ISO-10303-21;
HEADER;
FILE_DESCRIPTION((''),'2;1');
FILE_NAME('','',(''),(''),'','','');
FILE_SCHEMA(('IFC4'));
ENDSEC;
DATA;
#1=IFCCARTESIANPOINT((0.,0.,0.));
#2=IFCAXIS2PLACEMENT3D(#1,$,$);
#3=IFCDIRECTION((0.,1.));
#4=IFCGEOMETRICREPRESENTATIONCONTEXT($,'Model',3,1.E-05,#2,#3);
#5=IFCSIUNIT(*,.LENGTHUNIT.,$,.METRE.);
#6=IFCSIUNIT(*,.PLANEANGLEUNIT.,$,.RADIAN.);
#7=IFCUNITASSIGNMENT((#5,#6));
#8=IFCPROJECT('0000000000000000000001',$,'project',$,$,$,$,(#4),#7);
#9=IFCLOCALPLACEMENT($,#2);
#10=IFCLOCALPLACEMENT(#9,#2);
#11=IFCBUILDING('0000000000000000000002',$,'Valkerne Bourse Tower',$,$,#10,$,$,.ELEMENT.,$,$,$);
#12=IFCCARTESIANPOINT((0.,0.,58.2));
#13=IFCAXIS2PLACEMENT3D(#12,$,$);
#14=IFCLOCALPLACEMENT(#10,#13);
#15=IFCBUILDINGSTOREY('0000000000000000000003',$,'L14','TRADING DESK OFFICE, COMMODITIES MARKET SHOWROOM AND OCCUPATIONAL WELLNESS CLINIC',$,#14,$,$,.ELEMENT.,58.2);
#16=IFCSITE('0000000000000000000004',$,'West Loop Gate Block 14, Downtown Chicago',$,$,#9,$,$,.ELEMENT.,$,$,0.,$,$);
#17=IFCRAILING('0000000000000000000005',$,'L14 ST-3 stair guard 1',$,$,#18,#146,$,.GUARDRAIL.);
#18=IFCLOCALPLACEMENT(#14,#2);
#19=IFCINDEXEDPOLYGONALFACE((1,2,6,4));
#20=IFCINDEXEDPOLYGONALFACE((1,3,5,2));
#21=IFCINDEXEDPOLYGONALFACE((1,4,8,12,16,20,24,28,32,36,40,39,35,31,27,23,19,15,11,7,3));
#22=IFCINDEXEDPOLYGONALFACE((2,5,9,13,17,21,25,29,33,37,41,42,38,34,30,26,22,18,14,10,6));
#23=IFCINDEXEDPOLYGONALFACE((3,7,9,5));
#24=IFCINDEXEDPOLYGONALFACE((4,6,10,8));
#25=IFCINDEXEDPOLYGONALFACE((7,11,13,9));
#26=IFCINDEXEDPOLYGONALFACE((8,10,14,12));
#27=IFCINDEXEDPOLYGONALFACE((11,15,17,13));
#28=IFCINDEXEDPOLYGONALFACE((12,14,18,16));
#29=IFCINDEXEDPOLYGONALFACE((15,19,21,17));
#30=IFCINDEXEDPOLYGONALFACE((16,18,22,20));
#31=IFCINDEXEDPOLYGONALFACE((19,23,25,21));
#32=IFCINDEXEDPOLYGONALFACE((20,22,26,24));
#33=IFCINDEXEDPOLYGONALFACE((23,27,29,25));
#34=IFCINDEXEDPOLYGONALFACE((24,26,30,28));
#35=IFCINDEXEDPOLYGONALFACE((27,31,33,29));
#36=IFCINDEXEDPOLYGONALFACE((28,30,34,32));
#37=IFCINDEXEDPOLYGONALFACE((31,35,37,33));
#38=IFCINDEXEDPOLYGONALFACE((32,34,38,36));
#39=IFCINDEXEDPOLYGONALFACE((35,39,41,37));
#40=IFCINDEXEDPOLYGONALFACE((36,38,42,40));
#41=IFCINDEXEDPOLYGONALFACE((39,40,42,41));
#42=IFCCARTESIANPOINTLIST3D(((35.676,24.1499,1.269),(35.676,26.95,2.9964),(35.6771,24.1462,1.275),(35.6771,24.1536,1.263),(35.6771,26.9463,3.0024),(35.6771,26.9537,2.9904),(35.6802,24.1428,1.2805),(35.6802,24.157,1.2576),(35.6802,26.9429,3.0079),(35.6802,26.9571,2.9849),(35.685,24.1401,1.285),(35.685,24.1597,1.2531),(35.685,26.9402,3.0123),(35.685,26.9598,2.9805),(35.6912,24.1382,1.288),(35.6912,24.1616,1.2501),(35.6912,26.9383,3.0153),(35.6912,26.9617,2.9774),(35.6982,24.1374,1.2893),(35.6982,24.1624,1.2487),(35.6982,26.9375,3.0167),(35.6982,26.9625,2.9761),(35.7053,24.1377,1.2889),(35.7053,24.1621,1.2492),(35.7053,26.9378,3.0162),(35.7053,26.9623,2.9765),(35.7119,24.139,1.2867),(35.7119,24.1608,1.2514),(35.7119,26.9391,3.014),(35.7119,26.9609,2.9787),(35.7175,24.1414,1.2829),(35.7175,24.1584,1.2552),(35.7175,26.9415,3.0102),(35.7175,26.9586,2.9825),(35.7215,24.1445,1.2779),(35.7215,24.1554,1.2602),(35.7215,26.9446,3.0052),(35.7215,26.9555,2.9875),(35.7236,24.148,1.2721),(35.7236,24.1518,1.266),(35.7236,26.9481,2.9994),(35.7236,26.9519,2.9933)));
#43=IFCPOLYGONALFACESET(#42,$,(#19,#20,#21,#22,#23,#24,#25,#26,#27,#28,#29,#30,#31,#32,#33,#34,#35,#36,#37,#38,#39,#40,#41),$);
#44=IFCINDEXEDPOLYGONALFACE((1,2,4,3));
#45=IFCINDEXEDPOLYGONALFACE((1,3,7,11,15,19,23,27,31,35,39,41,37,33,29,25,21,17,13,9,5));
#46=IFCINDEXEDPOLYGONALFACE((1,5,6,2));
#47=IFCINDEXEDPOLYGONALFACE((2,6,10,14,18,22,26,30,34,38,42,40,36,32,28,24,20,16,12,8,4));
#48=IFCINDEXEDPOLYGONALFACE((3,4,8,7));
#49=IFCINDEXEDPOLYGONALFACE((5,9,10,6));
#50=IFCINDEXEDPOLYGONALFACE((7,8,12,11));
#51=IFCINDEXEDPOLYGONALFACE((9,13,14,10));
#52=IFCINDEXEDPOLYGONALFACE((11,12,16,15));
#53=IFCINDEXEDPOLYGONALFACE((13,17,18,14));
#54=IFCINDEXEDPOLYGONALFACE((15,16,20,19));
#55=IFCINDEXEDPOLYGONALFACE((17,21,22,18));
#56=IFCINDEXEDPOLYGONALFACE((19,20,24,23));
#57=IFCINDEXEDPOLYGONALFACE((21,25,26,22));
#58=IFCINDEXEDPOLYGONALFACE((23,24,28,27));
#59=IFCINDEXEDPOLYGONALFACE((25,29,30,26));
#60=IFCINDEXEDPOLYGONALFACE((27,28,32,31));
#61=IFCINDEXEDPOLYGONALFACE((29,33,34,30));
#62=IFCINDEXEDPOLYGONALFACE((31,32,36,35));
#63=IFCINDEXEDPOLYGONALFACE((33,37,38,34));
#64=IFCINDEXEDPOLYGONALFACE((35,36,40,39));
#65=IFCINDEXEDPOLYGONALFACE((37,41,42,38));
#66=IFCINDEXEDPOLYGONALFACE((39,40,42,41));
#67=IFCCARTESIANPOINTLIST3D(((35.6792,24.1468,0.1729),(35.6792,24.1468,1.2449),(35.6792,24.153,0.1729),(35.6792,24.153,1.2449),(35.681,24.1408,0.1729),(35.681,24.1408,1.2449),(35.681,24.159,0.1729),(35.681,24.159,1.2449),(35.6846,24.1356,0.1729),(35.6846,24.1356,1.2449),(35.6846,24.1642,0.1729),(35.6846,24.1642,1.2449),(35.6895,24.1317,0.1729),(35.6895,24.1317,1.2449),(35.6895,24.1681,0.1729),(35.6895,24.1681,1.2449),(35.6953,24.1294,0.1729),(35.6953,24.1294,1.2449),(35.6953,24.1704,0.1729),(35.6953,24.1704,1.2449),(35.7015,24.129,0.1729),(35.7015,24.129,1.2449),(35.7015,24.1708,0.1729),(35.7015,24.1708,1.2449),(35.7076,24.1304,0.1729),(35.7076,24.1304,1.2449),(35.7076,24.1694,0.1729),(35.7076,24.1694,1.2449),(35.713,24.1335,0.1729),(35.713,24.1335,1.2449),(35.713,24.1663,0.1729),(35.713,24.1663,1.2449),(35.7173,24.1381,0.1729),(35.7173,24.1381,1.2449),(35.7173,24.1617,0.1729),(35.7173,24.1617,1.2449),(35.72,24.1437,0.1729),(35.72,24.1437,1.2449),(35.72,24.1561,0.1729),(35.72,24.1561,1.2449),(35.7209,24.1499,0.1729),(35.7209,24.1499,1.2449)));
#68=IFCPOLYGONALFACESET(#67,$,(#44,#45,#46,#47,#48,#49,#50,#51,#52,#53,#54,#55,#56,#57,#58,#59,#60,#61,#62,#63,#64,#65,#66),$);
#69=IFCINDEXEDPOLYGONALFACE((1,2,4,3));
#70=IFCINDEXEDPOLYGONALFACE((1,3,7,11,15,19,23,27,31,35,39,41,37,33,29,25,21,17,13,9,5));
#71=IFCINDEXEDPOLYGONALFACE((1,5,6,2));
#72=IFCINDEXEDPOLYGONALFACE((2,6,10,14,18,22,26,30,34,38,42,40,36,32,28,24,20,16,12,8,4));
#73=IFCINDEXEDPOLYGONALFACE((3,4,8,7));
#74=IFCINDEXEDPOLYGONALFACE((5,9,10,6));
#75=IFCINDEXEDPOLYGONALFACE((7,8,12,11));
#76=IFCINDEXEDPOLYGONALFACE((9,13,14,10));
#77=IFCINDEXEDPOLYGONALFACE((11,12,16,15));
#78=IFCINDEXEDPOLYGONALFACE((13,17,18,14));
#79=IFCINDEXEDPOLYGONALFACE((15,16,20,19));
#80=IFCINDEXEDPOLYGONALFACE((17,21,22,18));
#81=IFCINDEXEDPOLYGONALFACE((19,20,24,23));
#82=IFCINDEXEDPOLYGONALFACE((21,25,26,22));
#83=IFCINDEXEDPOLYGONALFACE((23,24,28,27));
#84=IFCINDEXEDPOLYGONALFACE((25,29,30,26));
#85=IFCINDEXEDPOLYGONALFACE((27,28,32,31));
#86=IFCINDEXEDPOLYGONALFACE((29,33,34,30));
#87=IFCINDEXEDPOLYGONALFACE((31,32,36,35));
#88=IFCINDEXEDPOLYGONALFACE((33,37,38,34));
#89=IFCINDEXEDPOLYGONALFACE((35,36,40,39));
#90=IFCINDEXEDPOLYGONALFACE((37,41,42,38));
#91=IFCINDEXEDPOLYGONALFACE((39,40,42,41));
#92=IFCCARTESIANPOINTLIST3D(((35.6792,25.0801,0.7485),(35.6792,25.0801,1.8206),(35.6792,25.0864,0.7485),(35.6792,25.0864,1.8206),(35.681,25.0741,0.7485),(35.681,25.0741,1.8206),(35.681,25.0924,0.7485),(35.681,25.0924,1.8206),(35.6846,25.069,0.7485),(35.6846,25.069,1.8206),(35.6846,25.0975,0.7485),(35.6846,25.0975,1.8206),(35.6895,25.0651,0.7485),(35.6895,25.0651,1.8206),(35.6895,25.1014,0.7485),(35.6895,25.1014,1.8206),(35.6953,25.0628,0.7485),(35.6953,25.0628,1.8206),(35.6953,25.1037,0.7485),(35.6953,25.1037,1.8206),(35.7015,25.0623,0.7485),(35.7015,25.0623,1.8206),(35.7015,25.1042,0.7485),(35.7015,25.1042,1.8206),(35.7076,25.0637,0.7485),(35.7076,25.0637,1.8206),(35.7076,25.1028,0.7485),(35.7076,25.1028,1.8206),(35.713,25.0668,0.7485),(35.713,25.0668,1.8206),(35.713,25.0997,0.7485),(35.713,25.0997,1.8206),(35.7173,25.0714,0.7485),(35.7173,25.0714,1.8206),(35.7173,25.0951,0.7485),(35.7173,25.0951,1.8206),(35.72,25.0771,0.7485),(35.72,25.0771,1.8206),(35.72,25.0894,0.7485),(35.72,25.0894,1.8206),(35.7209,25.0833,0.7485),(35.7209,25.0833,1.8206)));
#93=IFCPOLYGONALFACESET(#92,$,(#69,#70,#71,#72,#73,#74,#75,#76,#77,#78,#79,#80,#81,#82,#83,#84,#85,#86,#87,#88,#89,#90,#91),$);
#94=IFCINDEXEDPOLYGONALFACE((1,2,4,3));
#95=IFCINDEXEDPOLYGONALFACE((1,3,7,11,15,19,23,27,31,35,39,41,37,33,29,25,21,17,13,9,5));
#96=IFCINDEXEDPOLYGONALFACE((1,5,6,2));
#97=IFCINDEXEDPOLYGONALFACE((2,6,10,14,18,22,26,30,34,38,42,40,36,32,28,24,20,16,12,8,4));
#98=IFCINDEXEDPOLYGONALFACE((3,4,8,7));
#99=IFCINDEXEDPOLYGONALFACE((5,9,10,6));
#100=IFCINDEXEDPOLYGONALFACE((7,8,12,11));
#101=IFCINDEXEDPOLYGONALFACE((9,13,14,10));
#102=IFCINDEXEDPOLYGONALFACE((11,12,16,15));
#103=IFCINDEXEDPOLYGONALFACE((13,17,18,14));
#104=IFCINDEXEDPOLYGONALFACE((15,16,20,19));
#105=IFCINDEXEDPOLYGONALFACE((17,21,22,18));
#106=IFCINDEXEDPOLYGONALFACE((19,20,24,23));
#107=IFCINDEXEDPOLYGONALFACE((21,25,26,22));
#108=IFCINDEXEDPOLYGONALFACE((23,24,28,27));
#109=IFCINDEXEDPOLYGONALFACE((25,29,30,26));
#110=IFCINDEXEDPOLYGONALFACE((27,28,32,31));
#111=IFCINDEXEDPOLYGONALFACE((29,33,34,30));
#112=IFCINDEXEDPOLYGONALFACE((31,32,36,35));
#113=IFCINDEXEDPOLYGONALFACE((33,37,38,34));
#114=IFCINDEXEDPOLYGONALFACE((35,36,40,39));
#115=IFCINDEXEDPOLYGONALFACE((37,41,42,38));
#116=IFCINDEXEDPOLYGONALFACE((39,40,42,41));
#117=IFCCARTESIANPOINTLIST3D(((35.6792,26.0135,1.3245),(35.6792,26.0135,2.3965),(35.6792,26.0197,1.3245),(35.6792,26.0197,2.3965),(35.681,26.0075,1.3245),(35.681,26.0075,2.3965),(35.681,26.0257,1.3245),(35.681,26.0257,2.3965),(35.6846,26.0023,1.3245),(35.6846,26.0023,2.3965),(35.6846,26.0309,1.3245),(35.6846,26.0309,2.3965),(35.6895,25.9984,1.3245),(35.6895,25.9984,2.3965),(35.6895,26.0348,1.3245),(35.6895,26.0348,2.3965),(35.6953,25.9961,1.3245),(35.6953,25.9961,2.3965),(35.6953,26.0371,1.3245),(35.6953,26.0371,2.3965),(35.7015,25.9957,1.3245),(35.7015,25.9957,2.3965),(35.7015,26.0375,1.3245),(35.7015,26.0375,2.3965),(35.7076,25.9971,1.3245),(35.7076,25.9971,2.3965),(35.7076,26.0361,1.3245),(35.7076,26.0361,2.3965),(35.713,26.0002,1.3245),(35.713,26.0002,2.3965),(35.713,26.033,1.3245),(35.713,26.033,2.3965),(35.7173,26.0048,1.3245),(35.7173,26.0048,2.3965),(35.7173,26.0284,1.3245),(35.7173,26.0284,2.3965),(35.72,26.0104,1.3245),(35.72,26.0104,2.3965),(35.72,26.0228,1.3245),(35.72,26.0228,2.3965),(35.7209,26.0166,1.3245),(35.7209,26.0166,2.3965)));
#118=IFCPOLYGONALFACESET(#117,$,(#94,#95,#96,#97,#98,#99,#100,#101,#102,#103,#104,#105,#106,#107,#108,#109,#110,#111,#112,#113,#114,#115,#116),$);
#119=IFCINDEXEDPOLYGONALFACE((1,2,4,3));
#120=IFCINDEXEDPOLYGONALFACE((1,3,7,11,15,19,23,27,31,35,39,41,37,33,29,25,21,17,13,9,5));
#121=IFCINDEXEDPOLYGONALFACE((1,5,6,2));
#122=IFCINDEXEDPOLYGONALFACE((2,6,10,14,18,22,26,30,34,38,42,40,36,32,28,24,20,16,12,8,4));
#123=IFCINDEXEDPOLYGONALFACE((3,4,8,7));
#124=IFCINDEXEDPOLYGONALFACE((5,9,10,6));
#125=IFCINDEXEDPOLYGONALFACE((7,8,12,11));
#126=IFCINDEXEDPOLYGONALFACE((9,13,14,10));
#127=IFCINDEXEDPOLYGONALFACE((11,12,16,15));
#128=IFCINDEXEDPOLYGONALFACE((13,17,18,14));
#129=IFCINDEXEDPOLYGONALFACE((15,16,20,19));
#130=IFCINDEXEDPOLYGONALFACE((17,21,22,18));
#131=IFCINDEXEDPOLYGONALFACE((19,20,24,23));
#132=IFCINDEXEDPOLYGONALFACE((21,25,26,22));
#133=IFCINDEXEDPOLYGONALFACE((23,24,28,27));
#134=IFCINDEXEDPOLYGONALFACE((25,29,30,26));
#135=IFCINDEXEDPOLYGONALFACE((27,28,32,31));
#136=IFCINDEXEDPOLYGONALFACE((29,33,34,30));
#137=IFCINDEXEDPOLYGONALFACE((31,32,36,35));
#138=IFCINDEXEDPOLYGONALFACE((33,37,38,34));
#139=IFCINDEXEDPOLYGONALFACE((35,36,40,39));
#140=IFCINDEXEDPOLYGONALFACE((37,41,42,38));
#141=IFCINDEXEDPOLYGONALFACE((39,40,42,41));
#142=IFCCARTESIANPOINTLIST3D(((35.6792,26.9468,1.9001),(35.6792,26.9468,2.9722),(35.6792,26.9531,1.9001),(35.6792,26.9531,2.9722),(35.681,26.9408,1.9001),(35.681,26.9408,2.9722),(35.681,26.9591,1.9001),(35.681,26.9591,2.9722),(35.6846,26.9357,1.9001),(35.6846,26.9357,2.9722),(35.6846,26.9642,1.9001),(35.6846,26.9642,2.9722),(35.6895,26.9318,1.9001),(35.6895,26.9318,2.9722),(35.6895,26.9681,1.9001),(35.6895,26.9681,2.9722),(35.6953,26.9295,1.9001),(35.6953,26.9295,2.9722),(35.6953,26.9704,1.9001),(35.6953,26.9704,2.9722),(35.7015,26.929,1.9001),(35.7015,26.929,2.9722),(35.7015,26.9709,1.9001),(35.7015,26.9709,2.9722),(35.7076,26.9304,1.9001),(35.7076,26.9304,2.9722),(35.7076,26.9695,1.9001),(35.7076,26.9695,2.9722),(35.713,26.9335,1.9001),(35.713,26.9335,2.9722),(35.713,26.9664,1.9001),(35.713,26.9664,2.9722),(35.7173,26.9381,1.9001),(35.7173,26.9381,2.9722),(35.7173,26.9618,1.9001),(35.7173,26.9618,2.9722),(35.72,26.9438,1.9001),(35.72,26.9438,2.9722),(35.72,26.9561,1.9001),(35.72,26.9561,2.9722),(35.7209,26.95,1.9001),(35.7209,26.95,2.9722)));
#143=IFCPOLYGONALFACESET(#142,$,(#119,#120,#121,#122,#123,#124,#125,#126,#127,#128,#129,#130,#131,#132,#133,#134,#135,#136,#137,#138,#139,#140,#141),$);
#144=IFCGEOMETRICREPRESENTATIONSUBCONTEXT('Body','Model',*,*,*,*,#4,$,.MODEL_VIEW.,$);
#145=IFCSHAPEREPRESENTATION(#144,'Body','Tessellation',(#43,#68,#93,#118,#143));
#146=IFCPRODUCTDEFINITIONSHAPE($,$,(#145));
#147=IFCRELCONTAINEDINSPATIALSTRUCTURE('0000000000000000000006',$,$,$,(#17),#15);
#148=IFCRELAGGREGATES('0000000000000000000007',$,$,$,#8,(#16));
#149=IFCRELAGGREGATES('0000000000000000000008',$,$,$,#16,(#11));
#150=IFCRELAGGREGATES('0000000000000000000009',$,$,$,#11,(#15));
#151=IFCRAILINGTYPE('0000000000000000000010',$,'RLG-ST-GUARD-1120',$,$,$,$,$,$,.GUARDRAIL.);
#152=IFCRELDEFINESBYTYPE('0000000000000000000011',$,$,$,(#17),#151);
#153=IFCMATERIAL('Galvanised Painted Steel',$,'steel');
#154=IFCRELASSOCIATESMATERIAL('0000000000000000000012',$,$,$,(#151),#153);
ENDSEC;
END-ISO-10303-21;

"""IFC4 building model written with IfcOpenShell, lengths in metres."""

from ifc_helpers import new_model, si_unit, direction, frame, origin, origin_2d, place, context, subcontext, project, spatial, circle, extrude, material, type_object, element, save


model = new_model("IFC4")

# Units and contexts
model_context = context("Model", 3, precision=1e-05, world=origin(), true_north=direction((0.0, 1.0)))
body_context = subcontext(model_context, "Body", "Model", "MODEL_VIEW")
ifc_project = project(units=[si_unit("LENGTHUNIT", "METRE"), si_unit("PLANEANGLEUNIT", "RADIAN")], contexts=[model_context])

# Site, building, storey
site_placement = place(None, origin())
site = spatial("IfcSite", under=ifc_project, at=site_placement, Name="West Loop Gate Block 14, Downtown Chicago", CompositionType="ELEMENT", RefElevation=0.0)
building_placement = place(site_placement, origin())
building = spatial("IfcBuilding", under=site, at=building_placement, Name="Valkerne Bourse Tower", CompositionType="ELEMENT")
storey_placement = place(building_placement, frame((0.0, 0.0, 58.2)))
storey = spatial("IfcBuildingStorey", under=building, at=storey_placement, Name="L14", Description="TRADING DESK OFFICE, COMMODITIES MARKET SHOWROOM AND OCCUPATIONAL WELLNESS CLINIC", CompositionType="ELEMENT", Elevation=58.2)

# Railing
ifc_material_1 = material(Name="Galvanised Painted Steel", Category="steel")
railing_type_1 = type_object("IfcRailingType", Name="RLG-ST-GUARD-1120", PredefinedType="GUARDRAIL", material=ifc_material_1)
railing_1_placement = place(storey_placement, frame((35.7, 24.1499, 0.1729)))
element("IfcRailing", 1, at=railing_1_placement, inside=storey, type_object=railing_type_1, Name="L14 ST-3 stair guard 1", PredefinedType="GUARDRAIL", context=body_context, shape_type="SweptSolid", body=[
    extrude(circle(Radius=0.0239, at=origin_2d()), frame((0.0, 0.0, 1.0962), z_axis=(0.0, 0.85109, 0.52502), x_axis=(-1.0, 0.0, 0.0)), (0.0, 0.0, 1.0), 3.29),
    extrude(circle(Radius=0.021, at=origin_2d()), origin(), (0.0, 0.0, 1.0), 1.072),
    extrude(circle(Radius=0.021, at=origin_2d()), frame((0.0, 0.9333, 0.5757)), (0.0, 0.0, 1.0), 1.072),
    extrude(circle(Radius=0.021, at=origin_2d()), frame((0.0, 1.8667, 1.1516)), (0.0, 0.0, 1.0), 1.072),
    extrude(circle(Radius=0.021, at=origin_2d()), frame((0.0, 2.8, 1.7273)), (0.0, 0.0, 1.0), 1.072),
])

save(model, "model.ifc")
